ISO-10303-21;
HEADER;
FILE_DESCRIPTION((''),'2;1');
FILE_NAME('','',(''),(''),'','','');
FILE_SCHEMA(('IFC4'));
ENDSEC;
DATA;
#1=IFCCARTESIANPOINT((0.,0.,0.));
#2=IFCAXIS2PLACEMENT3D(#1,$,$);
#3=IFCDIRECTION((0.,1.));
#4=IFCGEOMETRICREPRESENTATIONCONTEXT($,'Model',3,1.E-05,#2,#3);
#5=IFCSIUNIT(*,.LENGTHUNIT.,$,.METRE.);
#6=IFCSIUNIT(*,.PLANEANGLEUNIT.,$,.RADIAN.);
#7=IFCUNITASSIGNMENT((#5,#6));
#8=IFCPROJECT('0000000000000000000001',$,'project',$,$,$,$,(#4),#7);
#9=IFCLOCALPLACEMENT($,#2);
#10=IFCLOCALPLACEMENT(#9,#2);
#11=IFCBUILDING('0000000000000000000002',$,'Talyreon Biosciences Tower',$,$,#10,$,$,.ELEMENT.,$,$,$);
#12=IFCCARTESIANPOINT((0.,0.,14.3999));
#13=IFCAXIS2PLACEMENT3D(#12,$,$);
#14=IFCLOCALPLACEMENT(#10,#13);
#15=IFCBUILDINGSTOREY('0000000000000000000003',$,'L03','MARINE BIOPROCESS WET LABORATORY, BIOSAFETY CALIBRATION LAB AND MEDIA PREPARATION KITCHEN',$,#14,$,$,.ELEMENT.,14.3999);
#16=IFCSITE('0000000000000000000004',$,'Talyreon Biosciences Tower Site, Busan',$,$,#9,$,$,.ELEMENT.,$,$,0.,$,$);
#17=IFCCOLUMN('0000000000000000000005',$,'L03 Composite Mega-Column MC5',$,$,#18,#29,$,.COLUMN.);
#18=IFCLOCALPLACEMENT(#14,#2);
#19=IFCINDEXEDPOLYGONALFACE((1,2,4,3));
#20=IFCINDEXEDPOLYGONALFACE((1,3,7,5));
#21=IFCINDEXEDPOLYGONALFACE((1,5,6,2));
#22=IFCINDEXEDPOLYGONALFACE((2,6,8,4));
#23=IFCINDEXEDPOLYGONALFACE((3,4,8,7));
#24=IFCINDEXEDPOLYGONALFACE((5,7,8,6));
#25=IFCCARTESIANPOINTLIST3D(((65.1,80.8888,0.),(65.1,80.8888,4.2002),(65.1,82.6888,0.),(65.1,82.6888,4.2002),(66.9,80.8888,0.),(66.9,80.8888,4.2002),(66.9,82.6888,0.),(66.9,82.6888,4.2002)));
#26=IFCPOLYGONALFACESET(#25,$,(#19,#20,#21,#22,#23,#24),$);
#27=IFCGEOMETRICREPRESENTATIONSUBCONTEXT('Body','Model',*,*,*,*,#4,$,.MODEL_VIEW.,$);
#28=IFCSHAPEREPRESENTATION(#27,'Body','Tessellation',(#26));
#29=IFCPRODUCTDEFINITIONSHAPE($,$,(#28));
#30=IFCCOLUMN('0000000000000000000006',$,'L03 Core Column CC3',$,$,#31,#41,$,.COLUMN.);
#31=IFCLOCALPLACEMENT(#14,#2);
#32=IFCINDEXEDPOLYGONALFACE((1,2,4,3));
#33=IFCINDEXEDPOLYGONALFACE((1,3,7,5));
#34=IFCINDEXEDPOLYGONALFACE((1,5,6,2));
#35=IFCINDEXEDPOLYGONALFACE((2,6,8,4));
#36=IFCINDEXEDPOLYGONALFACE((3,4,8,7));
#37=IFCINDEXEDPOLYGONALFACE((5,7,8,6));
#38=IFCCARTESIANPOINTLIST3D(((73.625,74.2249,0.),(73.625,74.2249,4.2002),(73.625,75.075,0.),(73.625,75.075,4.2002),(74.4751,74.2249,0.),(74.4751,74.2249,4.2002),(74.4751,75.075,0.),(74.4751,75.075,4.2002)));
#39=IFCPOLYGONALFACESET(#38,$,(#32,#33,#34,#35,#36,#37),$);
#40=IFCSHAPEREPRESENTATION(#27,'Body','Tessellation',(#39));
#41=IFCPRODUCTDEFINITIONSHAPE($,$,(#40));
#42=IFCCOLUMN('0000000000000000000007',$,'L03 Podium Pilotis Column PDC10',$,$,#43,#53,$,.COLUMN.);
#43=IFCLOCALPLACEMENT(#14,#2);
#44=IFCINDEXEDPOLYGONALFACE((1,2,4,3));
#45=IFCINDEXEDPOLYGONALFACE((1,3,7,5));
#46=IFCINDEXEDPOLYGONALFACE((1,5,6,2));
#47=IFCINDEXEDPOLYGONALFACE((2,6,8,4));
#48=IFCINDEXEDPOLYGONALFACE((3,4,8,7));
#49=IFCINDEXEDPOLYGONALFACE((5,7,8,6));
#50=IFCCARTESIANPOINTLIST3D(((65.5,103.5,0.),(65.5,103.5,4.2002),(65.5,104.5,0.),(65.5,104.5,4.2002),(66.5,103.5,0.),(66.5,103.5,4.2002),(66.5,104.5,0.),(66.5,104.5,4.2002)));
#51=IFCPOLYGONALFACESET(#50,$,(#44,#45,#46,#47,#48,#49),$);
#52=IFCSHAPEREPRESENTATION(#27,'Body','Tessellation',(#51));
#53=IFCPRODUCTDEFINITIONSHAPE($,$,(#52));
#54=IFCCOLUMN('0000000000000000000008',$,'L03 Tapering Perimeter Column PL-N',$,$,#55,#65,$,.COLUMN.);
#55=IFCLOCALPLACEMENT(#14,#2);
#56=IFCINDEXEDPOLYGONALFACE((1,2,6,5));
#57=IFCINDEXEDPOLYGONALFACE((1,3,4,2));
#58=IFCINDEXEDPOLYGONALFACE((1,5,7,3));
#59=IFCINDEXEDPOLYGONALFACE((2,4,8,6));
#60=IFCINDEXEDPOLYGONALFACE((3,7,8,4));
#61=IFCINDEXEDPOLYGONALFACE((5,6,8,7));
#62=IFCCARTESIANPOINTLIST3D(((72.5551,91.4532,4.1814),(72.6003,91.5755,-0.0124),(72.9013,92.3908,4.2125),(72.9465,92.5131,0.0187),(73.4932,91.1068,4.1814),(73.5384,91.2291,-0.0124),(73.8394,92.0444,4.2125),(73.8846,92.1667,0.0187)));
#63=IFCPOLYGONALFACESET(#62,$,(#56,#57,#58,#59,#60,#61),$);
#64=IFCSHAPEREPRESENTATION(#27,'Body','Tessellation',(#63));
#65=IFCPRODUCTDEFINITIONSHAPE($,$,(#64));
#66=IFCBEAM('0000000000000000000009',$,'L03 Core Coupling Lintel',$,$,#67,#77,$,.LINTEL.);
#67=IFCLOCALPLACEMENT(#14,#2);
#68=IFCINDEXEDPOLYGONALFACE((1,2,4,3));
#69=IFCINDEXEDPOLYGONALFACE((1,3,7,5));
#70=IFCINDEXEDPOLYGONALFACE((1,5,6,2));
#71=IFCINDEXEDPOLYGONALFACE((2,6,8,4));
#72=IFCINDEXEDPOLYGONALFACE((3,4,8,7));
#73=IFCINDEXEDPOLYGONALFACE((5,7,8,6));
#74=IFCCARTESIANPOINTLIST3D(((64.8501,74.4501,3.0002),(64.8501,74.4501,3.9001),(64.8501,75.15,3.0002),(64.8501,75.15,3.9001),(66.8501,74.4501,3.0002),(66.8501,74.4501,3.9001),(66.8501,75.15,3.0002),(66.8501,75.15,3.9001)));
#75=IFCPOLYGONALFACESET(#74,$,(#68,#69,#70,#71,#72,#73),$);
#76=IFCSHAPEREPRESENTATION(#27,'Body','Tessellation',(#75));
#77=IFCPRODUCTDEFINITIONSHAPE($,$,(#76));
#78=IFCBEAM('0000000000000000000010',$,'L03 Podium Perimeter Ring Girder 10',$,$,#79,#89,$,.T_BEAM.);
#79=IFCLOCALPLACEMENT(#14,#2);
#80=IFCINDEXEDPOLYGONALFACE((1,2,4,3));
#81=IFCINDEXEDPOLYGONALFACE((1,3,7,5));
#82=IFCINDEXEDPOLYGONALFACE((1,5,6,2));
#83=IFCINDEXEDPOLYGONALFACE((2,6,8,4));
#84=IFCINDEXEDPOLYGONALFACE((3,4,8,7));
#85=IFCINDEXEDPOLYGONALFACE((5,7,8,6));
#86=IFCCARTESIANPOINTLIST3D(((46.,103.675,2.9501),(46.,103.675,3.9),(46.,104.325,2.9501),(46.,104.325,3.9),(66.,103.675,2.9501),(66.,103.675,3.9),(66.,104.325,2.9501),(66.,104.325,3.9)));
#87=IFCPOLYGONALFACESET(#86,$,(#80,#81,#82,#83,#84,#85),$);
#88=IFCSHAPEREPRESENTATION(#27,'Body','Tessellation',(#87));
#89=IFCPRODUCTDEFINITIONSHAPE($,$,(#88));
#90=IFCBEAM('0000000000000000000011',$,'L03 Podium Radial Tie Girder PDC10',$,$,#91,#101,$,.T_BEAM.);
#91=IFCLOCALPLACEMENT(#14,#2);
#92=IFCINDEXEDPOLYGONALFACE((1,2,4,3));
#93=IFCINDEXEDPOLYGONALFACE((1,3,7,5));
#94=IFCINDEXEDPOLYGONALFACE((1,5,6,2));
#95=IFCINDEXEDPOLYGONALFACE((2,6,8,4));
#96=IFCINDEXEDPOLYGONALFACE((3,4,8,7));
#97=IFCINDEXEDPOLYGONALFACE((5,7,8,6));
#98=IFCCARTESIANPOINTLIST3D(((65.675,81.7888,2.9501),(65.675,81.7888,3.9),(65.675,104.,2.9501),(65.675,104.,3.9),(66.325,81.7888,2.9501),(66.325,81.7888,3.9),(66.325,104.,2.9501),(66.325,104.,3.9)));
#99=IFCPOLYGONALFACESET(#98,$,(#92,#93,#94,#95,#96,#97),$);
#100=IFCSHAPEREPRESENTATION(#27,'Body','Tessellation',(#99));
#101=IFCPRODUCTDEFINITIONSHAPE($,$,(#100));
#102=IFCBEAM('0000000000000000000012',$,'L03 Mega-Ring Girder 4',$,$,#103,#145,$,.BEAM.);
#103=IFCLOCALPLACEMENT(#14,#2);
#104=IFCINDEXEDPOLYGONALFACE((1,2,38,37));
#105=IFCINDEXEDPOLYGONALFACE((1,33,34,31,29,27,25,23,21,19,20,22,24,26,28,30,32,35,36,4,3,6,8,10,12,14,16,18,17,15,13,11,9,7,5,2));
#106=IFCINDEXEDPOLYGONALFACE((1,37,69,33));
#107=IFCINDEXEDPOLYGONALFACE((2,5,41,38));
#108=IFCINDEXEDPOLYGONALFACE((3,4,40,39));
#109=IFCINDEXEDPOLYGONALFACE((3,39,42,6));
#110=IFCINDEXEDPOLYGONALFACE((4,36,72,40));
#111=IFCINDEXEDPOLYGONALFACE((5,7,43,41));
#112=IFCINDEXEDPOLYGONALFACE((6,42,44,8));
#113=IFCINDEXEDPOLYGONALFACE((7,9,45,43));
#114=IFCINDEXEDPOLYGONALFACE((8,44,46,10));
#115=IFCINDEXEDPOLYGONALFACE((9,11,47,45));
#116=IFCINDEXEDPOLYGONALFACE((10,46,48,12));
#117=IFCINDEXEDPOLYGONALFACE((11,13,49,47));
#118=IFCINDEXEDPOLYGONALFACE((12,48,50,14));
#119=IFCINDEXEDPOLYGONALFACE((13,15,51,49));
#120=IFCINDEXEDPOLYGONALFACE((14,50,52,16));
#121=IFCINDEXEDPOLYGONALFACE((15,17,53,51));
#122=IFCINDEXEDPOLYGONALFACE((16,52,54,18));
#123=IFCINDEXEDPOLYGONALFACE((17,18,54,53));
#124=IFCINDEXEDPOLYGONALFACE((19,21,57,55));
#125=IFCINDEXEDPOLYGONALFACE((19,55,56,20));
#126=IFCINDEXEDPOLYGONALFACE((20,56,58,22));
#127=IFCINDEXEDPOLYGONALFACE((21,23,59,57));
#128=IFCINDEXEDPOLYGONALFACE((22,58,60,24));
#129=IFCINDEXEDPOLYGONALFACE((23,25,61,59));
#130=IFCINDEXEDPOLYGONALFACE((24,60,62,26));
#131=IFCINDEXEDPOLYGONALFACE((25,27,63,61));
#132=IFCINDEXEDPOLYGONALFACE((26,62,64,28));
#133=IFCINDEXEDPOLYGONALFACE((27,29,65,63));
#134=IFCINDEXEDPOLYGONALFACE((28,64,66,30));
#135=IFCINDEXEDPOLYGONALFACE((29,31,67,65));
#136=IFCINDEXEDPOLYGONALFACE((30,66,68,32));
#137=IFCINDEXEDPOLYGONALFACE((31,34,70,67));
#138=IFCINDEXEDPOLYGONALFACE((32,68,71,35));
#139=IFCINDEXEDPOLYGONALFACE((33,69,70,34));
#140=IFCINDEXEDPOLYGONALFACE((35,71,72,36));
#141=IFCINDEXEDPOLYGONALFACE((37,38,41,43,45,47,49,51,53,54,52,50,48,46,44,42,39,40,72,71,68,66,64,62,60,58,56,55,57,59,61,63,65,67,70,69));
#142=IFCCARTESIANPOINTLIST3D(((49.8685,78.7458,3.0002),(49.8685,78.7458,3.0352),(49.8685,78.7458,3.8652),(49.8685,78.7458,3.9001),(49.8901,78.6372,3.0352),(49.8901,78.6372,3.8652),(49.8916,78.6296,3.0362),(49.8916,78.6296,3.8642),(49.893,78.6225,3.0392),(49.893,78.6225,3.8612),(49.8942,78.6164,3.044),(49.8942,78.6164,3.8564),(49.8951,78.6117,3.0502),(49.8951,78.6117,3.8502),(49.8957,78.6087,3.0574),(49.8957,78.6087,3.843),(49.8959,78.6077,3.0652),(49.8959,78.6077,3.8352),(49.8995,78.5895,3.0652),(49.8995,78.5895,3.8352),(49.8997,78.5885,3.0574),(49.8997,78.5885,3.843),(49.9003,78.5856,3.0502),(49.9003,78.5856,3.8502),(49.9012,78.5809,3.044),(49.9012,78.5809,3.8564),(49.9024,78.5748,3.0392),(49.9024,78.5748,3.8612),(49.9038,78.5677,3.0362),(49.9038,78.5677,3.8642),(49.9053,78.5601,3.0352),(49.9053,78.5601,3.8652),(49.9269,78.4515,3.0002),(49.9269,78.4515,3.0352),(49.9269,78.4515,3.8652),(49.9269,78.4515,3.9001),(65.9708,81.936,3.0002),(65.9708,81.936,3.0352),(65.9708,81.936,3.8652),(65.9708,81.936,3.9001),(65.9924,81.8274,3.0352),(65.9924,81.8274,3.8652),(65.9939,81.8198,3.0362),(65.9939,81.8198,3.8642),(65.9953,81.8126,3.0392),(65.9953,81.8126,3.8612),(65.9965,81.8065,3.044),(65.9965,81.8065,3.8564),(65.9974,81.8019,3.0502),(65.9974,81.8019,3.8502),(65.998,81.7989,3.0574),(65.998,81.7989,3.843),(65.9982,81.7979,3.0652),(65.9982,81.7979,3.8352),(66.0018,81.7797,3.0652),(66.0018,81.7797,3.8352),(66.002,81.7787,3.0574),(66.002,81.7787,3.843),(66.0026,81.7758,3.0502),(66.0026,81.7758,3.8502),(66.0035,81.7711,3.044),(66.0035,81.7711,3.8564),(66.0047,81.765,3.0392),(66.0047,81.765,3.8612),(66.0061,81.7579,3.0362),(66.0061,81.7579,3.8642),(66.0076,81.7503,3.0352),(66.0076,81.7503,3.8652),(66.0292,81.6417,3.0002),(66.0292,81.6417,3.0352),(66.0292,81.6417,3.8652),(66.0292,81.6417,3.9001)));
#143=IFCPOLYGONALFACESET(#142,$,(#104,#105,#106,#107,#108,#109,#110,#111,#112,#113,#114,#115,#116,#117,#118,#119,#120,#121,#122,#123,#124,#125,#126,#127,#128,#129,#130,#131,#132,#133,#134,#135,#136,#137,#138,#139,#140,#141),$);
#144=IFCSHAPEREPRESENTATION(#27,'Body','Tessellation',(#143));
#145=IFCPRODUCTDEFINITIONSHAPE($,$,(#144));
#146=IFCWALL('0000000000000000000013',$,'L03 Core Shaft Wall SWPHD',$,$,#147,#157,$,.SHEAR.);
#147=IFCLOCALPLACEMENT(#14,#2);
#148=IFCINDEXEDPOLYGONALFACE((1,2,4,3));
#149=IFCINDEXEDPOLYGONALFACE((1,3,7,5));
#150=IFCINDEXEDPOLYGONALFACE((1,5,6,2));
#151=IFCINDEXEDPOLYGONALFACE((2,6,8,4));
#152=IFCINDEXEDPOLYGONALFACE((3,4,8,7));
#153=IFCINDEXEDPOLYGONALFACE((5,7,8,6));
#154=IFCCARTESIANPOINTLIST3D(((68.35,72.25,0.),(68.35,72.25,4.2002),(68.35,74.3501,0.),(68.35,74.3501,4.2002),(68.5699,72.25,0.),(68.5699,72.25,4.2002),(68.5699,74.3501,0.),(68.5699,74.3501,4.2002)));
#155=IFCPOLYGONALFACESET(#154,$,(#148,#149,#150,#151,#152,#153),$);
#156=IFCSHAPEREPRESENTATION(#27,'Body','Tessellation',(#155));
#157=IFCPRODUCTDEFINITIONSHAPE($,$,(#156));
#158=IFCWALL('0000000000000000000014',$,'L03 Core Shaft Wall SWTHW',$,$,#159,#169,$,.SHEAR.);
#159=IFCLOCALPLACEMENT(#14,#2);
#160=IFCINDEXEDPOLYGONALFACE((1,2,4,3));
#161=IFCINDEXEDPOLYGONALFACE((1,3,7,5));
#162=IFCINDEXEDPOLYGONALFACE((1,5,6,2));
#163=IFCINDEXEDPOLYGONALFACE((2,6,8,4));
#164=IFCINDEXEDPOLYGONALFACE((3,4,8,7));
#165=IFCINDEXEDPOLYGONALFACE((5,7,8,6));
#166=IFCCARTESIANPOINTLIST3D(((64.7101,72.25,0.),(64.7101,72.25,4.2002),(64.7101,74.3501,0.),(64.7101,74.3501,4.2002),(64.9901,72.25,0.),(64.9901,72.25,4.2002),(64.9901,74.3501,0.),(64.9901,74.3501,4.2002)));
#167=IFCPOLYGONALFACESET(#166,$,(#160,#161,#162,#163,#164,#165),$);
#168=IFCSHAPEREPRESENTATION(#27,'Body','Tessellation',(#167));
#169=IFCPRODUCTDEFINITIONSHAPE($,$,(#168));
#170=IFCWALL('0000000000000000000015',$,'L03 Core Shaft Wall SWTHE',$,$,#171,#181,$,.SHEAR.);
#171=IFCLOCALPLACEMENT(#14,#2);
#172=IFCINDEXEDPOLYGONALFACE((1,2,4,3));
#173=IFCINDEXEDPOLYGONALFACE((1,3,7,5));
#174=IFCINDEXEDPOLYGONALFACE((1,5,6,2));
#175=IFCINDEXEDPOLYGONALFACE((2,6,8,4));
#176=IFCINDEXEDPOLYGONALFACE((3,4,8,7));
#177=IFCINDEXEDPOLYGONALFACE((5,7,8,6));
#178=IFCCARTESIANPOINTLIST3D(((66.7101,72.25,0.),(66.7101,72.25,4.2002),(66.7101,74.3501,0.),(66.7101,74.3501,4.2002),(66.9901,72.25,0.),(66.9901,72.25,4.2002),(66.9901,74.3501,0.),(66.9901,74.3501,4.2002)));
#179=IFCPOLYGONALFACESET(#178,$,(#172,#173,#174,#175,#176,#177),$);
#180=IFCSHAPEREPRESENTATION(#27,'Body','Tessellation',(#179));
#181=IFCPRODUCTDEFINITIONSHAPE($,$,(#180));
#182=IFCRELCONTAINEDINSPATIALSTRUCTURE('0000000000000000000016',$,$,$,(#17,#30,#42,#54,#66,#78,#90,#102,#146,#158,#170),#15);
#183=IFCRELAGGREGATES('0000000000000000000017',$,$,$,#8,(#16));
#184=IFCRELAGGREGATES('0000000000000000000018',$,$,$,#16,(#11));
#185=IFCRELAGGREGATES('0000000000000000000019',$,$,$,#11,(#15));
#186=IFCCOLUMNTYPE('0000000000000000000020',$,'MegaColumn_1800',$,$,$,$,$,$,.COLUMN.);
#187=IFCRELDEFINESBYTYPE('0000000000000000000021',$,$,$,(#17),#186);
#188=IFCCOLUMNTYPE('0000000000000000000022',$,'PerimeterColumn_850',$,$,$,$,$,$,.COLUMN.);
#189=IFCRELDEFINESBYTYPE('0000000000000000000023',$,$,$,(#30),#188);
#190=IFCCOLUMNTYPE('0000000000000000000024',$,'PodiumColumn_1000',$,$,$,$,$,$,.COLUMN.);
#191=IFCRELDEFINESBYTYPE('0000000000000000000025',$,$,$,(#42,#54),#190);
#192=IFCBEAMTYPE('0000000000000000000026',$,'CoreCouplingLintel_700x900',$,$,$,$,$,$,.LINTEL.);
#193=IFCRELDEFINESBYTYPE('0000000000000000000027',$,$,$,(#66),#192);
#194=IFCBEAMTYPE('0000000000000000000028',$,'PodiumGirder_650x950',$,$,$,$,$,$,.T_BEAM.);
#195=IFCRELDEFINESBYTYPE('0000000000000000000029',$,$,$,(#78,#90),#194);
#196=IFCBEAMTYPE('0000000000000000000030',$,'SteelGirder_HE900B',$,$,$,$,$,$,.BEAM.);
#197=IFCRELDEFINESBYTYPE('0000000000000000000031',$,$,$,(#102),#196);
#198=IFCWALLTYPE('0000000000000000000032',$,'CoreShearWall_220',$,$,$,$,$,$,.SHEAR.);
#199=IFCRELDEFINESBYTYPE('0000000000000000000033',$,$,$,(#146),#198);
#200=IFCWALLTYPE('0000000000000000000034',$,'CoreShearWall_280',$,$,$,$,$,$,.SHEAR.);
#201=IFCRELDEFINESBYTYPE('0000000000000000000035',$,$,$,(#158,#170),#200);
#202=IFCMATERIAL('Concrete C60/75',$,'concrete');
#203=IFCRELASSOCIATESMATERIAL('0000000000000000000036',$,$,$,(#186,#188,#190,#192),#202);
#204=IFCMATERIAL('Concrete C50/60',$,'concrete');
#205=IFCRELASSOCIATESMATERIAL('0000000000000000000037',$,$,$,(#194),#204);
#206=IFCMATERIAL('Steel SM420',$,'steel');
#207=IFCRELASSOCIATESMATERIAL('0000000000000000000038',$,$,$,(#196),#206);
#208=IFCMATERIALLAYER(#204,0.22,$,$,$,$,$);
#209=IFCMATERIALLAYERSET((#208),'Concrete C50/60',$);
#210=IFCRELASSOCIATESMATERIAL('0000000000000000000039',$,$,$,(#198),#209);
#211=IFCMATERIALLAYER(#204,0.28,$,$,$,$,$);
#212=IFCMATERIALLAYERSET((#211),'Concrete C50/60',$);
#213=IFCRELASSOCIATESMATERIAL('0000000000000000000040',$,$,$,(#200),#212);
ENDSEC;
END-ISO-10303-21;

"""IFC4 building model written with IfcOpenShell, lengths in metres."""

from ifc_helpers import new_model, si_unit, direction, frame, frame_2d, origin, origin_2d, place, context, subcontext, project, spatial, rectangle, i_section, extrude, material, layer, layer_set, material_profile, profile_set, type_object, element, save


model = new_model("IFC4")

# Units and contexts
model_context = context("Model", 3, precision=1e-05, world=origin(), true_north=direction((0.0, 1.0)))
body_context = subcontext(model_context, "Body", "Model", "MODEL_VIEW")
ifc_project = project(units=[si_unit("LENGTHUNIT", "METRE"), si_unit("PLANEANGLEUNIT", "RADIAN")], contexts=[model_context])

# Site, building, storey
site_placement = place(None, origin())
site = spatial("IfcSite", under=ifc_project, at=site_placement, Name="Talyreon Biosciences Tower Site, Busan", CompositionType="ELEMENT", RefElevation=0.0)
building_placement = place(site_placement, origin())
building = spatial("IfcBuilding", under=site, at=building_placement, Name="Talyreon Biosciences Tower", CompositionType="ELEMENT")
storey_placement = place(building_placement, frame((0.0, 0.0, 14.3999)))
storey = spatial("IfcBuildingStorey", under=building, at=storey_placement, Name="L03", Description="MARINE BIOPROCESS WET LABORATORY, BIOSAFETY CALIBRATION LAB AND MEDIA PREPARATION KITCHEN", CompositionType="ELEMENT", Elevation=14.3999)

# Columns
ifc_material_1 = material(Name="Concrete C60/75", Category="concrete")
ifc_material_profile_1 = material_profile(ifc_material_1, rectangle(XDim=1.8, YDim=1.8, at=origin_2d()), Name="RC 1800x1800")
ifc_profile_set_1 = profile_set([ifc_material_profile_1], Name="Concrete C60/75")
column_type_1 = type_object("IfcColumnType", Name="MegaColumn_1800", PredefinedType="COLUMN", material=ifc_profile_set_1)
column_1_placement = place(storey_placement, frame((66.0, 81.7888, 0.0), z_axis=(0.0, 0.0, 1.0), x_axis=(1.0, 0.0, 0.0)))
element("IfcColumn", 1, at=column_1_placement, inside=storey, type_object=column_type_1, Name="L03 Composite Mega-Column MC5", PredefinedType="COLUMN", context=body_context, shape_type="SweptSolid", body=[
    extrude(rectangle(XDim=1.8, YDim=1.8, at=origin_2d()), origin(), (0.0, 0.0, 1.0), 4.2002),
])
ifc_material_profile_2 = material_profile(ifc_material_1, rectangle(XDim=0.8501, YDim=0.8501, at=origin_2d()), Name="RC 850x850")
ifc_profile_set_2 = profile_set([ifc_material_profile_2], Name="Concrete C60/75")
column_type_2 = type_object("IfcColumnType", Name="PerimeterColumn_850", PredefinedType="COLUMN", material=ifc_profile_set_2)
column_2_placement = place(storey_placement, frame((74.05, 74.6499, 0.0), z_axis=(0.0, 0.0, 1.0), x_axis=(1.0, 0.0, 0.0)))
element("IfcColumn", 2, at=column_2_placement, inside=storey, type_object=column_type_2, Name="L03 Core Column CC3", PredefinedType="COLUMN", context=body_context, shape_type="SweptSolid", body=[
    extrude(rectangle(XDim=0.8501, YDim=0.8501, at=origin_2d()), origin(), (0.0, 0.0, 1.0), 4.2002),
])
ifc_material_profile_3 = material_profile(ifc_material_1, rectangle(XDim=1.0, YDim=1.0, at=origin_2d()), Name="RC 1000x1000")
ifc_profile_set_3 = profile_set([ifc_material_profile_3], Name="Concrete C60/75")
column_type_3 = type_object("IfcColumnType", Name="PodiumColumn_1000", PredefinedType="COLUMN", material=ifc_profile_set_3)
column_3_placement = place(storey_placement, frame((66.0, 104.0, 0.0), z_axis=(0.0, 0.0, 1.0), x_axis=(1.0, 0.0, 0.0)))
element("IfcColumn", 3, at=column_3_placement, inside=storey, type_object=column_type_3, Name="L03 Podium Pilotis Column PDC10", PredefinedType="COLUMN", context=body_context, shape_type="SweptSolid", body=[
    extrude(rectangle(XDim=1.0, YDim=1.0, at=origin_2d()), origin(), (0.0, 0.0, 1.0), 4.2002),
])
column_4_placement = place(storey_placement, frame((73.2424, 91.8711, 0.0032), z_axis=(-0.010764, -0.029151, 0.999517), x_axis=(-0.938087, 0.346399, 0.0)))
element("IfcColumn", 4, at=column_4_placement, inside=storey, type_object=column_type_3, Name="L03 Tapering Perimeter Column PL-N", PredefinedType="COLUMN", context=body_context, shape_type="SweptSolid", body=[
    extrude(rectangle(XDim=1.0, YDim=1.0, at=origin_2d()), origin(), (0.0, 0.0, 1.0), 4.1958),
])

# Beams
ifc_material_profile_4 = material_profile(ifc_material_1, rectangle(XDim=0.7, YDim=0.8999, at=origin_2d()), Name="RCB 700x900")
ifc_profile_set_4 = profile_set([ifc_material_profile_4], Name="Concrete C60/75")
beam_type_1 = type_object("IfcBeamType", Name="CoreCouplingLintel_700x900", PredefinedType="LINTEL", material=ifc_profile_set_4)
beam_1_placement = place(storey_placement, frame((64.8501, 74.8, 3.4502), z_axis=(1.0, 0.0, 0.0), x_axis=(0.0, 1.0, 0.0)))
element("IfcBeam", 5, at=beam_1_placement, inside=storey, type_object=beam_type_1, Name="L03 Core Coupling Lintel", PredefinedType="LINTEL", context=body_context, shape_type="SweptSolid", body=[
    extrude(rectangle(XDim=0.7, YDim=0.8999, at=origin_2d()), origin(), (0.0, 0.0, 1.0), 2.0),
])
ifc_material_2 = material(Name="Concrete C50/60", Category="concrete")
ifc_material_profile_5 = material_profile(ifc_material_2, rectangle(XDim=0.6499, YDim=0.95, at=origin_2d()), Name="RCB 650x950")
ifc_profile_set_5 = profile_set([ifc_material_profile_5], Name="Concrete C50/60")
beam_type_2 = type_object("IfcBeamType", Name="PodiumGirder_650x950", PredefinedType="T_BEAM", material=ifc_profile_set_5)
beam_2_placement = place(storey_placement, frame((66.0, 104.0, 3.425), z_axis=(-1.0, 0.0, 0.0), x_axis=(0.0, -1.0, 0.0)))
element("IfcBeam", 6, at=beam_2_placement, inside=storey, type_object=beam_type_2, Name="L03 Podium Perimeter Ring Girder 10", PredefinedType="T_BEAM", context=body_context, shape_type="SweptSolid", body=[
    extrude(rectangle(XDim=0.6499, YDim=0.95, at=origin_2d()), origin(), (0.0, 0.0, 1.0), 20.0),
])
beam_3_placement = place(storey_placement, frame((66.0, 81.7888, 3.425), z_axis=(0.0, 1.0, 0.0), x_axis=(-1.0, 0.0, 0.0)))
element("IfcBeam", 7, at=beam_3_placement, inside=storey, type_object=beam_type_2, Name="L03 Podium Radial Tie Girder PDC10", PredefinedType="T_BEAM", context=body_context, shape_type="SweptSolid", body=[
    extrude(rectangle(XDim=0.6499, YDim=0.95, at=origin_2d()), origin(), (0.0, 0.0, 1.0), 22.2112),
])
ifc_material_3 = material(Name="Steel SM420", Category="steel")
ifc_material_profile_6 = material_profile(ifc_material_3, i_section(OverallWidth=0.3, OverallDepth=0.8999, WebThickness=0.0186, FlangeThickness=0.0349, FilletRadius=0.03, at=origin_2d()), Name="HE900B")
ifc_profile_set_6 = profile_set([ifc_material_profile_6], Name="Steel SM420")
beam_type_3 = type_object("IfcBeamType", Name="SteelGirder_HE900B", PredefinedType="BEAM", material=ifc_profile_set_6)
beam_4_placement = place(storey_placement, frame((66.0, 81.7888, 3.4502), z_axis=(-0.980934, -0.194343, 0.0), x_axis=(0.194343, -0.980934, 0.0)))
element("IfcBeam", 8, at=beam_4_placement, inside=storey, type_object=beam_type_3, Name="L03 Mega-Ring Girder 4", PredefinedType="BEAM", context=body_context, shape_type="SweptSolid", body=[
    extrude(i_section(OverallWidth=0.3, OverallDepth=0.8999, WebThickness=0.0186, FlangeThickness=0.0349, FilletRadius=0.03, at=origin_2d()), origin(), (0.0, 0.0, 1.0), 16.4153),
])

# Walls
ifc_layer_1 = layer(ifc_material_2, 0.22)
ifc_layer_set_1 = layer_set([ifc_layer_1], Name="Concrete C50/60")
wall_type_1 = type_object("IfcWallType", Name="CoreShearWall_220", PredefinedType="SHEAR", material=ifc_layer_set_1)
wall_1_placement = place(storey_placement, frame((68.46, 72.25, 0.0), z_axis=(0.0, 0.0, 1.0), x_axis=(0.0, 1.0, 0.0)))
element("IfcWall", 9, at=wall_1_placement, inside=storey, type_object=wall_type_1, Name="L03 Core Shaft Wall SWPHD", PredefinedType="SHEAR", context=body_context, shape_type="SweptSolid", body=[
    extrude(rectangle(XDim=2.1001, YDim=0.22, at=frame_2d((1.05, 0.0))), origin(), (0.0, 0.0, 1.0), 4.2002),
])
ifc_layer_2 = layer(ifc_material_2, 0.28)
ifc_layer_set_2 = layer_set([ifc_layer_2], Name="Concrete C50/60")
wall_type_2 = type_object("IfcWallType", Name="CoreShearWall_280", PredefinedType="SHEAR", material=ifc_layer_set_2)
for number, where, z_axis, x_axis, name in (
    (10, (64.8501, 72.25, 0.0), (0.0, 0.0, 1.0), (0.0, 1.0, 0.0), "L03 Core Shaft Wall SWTHW"),
    (11, (66.8501, 72.25, 0.0), (0.0, 0.0, 1.0), (0.0, 1.0, 0.0), "L03 Core Shaft Wall SWTHE"),
):
    element("IfcWall", number, at=place(storey_placement, frame(where, z_axis=z_axis, x_axis=x_axis)), inside=storey, type_object=wall_type_2, Name=name, PredefinedType="SHEAR", context=body_context, shape_type="SweptSolid", body=[
        extrude(rectangle(XDim=2.1001, YDim=0.28, at=frame_2d((1.05, 0.0))), origin(), (0.0, 0.0, 1.0), 4.2002),
    ])

save(model, "model.ifc")
